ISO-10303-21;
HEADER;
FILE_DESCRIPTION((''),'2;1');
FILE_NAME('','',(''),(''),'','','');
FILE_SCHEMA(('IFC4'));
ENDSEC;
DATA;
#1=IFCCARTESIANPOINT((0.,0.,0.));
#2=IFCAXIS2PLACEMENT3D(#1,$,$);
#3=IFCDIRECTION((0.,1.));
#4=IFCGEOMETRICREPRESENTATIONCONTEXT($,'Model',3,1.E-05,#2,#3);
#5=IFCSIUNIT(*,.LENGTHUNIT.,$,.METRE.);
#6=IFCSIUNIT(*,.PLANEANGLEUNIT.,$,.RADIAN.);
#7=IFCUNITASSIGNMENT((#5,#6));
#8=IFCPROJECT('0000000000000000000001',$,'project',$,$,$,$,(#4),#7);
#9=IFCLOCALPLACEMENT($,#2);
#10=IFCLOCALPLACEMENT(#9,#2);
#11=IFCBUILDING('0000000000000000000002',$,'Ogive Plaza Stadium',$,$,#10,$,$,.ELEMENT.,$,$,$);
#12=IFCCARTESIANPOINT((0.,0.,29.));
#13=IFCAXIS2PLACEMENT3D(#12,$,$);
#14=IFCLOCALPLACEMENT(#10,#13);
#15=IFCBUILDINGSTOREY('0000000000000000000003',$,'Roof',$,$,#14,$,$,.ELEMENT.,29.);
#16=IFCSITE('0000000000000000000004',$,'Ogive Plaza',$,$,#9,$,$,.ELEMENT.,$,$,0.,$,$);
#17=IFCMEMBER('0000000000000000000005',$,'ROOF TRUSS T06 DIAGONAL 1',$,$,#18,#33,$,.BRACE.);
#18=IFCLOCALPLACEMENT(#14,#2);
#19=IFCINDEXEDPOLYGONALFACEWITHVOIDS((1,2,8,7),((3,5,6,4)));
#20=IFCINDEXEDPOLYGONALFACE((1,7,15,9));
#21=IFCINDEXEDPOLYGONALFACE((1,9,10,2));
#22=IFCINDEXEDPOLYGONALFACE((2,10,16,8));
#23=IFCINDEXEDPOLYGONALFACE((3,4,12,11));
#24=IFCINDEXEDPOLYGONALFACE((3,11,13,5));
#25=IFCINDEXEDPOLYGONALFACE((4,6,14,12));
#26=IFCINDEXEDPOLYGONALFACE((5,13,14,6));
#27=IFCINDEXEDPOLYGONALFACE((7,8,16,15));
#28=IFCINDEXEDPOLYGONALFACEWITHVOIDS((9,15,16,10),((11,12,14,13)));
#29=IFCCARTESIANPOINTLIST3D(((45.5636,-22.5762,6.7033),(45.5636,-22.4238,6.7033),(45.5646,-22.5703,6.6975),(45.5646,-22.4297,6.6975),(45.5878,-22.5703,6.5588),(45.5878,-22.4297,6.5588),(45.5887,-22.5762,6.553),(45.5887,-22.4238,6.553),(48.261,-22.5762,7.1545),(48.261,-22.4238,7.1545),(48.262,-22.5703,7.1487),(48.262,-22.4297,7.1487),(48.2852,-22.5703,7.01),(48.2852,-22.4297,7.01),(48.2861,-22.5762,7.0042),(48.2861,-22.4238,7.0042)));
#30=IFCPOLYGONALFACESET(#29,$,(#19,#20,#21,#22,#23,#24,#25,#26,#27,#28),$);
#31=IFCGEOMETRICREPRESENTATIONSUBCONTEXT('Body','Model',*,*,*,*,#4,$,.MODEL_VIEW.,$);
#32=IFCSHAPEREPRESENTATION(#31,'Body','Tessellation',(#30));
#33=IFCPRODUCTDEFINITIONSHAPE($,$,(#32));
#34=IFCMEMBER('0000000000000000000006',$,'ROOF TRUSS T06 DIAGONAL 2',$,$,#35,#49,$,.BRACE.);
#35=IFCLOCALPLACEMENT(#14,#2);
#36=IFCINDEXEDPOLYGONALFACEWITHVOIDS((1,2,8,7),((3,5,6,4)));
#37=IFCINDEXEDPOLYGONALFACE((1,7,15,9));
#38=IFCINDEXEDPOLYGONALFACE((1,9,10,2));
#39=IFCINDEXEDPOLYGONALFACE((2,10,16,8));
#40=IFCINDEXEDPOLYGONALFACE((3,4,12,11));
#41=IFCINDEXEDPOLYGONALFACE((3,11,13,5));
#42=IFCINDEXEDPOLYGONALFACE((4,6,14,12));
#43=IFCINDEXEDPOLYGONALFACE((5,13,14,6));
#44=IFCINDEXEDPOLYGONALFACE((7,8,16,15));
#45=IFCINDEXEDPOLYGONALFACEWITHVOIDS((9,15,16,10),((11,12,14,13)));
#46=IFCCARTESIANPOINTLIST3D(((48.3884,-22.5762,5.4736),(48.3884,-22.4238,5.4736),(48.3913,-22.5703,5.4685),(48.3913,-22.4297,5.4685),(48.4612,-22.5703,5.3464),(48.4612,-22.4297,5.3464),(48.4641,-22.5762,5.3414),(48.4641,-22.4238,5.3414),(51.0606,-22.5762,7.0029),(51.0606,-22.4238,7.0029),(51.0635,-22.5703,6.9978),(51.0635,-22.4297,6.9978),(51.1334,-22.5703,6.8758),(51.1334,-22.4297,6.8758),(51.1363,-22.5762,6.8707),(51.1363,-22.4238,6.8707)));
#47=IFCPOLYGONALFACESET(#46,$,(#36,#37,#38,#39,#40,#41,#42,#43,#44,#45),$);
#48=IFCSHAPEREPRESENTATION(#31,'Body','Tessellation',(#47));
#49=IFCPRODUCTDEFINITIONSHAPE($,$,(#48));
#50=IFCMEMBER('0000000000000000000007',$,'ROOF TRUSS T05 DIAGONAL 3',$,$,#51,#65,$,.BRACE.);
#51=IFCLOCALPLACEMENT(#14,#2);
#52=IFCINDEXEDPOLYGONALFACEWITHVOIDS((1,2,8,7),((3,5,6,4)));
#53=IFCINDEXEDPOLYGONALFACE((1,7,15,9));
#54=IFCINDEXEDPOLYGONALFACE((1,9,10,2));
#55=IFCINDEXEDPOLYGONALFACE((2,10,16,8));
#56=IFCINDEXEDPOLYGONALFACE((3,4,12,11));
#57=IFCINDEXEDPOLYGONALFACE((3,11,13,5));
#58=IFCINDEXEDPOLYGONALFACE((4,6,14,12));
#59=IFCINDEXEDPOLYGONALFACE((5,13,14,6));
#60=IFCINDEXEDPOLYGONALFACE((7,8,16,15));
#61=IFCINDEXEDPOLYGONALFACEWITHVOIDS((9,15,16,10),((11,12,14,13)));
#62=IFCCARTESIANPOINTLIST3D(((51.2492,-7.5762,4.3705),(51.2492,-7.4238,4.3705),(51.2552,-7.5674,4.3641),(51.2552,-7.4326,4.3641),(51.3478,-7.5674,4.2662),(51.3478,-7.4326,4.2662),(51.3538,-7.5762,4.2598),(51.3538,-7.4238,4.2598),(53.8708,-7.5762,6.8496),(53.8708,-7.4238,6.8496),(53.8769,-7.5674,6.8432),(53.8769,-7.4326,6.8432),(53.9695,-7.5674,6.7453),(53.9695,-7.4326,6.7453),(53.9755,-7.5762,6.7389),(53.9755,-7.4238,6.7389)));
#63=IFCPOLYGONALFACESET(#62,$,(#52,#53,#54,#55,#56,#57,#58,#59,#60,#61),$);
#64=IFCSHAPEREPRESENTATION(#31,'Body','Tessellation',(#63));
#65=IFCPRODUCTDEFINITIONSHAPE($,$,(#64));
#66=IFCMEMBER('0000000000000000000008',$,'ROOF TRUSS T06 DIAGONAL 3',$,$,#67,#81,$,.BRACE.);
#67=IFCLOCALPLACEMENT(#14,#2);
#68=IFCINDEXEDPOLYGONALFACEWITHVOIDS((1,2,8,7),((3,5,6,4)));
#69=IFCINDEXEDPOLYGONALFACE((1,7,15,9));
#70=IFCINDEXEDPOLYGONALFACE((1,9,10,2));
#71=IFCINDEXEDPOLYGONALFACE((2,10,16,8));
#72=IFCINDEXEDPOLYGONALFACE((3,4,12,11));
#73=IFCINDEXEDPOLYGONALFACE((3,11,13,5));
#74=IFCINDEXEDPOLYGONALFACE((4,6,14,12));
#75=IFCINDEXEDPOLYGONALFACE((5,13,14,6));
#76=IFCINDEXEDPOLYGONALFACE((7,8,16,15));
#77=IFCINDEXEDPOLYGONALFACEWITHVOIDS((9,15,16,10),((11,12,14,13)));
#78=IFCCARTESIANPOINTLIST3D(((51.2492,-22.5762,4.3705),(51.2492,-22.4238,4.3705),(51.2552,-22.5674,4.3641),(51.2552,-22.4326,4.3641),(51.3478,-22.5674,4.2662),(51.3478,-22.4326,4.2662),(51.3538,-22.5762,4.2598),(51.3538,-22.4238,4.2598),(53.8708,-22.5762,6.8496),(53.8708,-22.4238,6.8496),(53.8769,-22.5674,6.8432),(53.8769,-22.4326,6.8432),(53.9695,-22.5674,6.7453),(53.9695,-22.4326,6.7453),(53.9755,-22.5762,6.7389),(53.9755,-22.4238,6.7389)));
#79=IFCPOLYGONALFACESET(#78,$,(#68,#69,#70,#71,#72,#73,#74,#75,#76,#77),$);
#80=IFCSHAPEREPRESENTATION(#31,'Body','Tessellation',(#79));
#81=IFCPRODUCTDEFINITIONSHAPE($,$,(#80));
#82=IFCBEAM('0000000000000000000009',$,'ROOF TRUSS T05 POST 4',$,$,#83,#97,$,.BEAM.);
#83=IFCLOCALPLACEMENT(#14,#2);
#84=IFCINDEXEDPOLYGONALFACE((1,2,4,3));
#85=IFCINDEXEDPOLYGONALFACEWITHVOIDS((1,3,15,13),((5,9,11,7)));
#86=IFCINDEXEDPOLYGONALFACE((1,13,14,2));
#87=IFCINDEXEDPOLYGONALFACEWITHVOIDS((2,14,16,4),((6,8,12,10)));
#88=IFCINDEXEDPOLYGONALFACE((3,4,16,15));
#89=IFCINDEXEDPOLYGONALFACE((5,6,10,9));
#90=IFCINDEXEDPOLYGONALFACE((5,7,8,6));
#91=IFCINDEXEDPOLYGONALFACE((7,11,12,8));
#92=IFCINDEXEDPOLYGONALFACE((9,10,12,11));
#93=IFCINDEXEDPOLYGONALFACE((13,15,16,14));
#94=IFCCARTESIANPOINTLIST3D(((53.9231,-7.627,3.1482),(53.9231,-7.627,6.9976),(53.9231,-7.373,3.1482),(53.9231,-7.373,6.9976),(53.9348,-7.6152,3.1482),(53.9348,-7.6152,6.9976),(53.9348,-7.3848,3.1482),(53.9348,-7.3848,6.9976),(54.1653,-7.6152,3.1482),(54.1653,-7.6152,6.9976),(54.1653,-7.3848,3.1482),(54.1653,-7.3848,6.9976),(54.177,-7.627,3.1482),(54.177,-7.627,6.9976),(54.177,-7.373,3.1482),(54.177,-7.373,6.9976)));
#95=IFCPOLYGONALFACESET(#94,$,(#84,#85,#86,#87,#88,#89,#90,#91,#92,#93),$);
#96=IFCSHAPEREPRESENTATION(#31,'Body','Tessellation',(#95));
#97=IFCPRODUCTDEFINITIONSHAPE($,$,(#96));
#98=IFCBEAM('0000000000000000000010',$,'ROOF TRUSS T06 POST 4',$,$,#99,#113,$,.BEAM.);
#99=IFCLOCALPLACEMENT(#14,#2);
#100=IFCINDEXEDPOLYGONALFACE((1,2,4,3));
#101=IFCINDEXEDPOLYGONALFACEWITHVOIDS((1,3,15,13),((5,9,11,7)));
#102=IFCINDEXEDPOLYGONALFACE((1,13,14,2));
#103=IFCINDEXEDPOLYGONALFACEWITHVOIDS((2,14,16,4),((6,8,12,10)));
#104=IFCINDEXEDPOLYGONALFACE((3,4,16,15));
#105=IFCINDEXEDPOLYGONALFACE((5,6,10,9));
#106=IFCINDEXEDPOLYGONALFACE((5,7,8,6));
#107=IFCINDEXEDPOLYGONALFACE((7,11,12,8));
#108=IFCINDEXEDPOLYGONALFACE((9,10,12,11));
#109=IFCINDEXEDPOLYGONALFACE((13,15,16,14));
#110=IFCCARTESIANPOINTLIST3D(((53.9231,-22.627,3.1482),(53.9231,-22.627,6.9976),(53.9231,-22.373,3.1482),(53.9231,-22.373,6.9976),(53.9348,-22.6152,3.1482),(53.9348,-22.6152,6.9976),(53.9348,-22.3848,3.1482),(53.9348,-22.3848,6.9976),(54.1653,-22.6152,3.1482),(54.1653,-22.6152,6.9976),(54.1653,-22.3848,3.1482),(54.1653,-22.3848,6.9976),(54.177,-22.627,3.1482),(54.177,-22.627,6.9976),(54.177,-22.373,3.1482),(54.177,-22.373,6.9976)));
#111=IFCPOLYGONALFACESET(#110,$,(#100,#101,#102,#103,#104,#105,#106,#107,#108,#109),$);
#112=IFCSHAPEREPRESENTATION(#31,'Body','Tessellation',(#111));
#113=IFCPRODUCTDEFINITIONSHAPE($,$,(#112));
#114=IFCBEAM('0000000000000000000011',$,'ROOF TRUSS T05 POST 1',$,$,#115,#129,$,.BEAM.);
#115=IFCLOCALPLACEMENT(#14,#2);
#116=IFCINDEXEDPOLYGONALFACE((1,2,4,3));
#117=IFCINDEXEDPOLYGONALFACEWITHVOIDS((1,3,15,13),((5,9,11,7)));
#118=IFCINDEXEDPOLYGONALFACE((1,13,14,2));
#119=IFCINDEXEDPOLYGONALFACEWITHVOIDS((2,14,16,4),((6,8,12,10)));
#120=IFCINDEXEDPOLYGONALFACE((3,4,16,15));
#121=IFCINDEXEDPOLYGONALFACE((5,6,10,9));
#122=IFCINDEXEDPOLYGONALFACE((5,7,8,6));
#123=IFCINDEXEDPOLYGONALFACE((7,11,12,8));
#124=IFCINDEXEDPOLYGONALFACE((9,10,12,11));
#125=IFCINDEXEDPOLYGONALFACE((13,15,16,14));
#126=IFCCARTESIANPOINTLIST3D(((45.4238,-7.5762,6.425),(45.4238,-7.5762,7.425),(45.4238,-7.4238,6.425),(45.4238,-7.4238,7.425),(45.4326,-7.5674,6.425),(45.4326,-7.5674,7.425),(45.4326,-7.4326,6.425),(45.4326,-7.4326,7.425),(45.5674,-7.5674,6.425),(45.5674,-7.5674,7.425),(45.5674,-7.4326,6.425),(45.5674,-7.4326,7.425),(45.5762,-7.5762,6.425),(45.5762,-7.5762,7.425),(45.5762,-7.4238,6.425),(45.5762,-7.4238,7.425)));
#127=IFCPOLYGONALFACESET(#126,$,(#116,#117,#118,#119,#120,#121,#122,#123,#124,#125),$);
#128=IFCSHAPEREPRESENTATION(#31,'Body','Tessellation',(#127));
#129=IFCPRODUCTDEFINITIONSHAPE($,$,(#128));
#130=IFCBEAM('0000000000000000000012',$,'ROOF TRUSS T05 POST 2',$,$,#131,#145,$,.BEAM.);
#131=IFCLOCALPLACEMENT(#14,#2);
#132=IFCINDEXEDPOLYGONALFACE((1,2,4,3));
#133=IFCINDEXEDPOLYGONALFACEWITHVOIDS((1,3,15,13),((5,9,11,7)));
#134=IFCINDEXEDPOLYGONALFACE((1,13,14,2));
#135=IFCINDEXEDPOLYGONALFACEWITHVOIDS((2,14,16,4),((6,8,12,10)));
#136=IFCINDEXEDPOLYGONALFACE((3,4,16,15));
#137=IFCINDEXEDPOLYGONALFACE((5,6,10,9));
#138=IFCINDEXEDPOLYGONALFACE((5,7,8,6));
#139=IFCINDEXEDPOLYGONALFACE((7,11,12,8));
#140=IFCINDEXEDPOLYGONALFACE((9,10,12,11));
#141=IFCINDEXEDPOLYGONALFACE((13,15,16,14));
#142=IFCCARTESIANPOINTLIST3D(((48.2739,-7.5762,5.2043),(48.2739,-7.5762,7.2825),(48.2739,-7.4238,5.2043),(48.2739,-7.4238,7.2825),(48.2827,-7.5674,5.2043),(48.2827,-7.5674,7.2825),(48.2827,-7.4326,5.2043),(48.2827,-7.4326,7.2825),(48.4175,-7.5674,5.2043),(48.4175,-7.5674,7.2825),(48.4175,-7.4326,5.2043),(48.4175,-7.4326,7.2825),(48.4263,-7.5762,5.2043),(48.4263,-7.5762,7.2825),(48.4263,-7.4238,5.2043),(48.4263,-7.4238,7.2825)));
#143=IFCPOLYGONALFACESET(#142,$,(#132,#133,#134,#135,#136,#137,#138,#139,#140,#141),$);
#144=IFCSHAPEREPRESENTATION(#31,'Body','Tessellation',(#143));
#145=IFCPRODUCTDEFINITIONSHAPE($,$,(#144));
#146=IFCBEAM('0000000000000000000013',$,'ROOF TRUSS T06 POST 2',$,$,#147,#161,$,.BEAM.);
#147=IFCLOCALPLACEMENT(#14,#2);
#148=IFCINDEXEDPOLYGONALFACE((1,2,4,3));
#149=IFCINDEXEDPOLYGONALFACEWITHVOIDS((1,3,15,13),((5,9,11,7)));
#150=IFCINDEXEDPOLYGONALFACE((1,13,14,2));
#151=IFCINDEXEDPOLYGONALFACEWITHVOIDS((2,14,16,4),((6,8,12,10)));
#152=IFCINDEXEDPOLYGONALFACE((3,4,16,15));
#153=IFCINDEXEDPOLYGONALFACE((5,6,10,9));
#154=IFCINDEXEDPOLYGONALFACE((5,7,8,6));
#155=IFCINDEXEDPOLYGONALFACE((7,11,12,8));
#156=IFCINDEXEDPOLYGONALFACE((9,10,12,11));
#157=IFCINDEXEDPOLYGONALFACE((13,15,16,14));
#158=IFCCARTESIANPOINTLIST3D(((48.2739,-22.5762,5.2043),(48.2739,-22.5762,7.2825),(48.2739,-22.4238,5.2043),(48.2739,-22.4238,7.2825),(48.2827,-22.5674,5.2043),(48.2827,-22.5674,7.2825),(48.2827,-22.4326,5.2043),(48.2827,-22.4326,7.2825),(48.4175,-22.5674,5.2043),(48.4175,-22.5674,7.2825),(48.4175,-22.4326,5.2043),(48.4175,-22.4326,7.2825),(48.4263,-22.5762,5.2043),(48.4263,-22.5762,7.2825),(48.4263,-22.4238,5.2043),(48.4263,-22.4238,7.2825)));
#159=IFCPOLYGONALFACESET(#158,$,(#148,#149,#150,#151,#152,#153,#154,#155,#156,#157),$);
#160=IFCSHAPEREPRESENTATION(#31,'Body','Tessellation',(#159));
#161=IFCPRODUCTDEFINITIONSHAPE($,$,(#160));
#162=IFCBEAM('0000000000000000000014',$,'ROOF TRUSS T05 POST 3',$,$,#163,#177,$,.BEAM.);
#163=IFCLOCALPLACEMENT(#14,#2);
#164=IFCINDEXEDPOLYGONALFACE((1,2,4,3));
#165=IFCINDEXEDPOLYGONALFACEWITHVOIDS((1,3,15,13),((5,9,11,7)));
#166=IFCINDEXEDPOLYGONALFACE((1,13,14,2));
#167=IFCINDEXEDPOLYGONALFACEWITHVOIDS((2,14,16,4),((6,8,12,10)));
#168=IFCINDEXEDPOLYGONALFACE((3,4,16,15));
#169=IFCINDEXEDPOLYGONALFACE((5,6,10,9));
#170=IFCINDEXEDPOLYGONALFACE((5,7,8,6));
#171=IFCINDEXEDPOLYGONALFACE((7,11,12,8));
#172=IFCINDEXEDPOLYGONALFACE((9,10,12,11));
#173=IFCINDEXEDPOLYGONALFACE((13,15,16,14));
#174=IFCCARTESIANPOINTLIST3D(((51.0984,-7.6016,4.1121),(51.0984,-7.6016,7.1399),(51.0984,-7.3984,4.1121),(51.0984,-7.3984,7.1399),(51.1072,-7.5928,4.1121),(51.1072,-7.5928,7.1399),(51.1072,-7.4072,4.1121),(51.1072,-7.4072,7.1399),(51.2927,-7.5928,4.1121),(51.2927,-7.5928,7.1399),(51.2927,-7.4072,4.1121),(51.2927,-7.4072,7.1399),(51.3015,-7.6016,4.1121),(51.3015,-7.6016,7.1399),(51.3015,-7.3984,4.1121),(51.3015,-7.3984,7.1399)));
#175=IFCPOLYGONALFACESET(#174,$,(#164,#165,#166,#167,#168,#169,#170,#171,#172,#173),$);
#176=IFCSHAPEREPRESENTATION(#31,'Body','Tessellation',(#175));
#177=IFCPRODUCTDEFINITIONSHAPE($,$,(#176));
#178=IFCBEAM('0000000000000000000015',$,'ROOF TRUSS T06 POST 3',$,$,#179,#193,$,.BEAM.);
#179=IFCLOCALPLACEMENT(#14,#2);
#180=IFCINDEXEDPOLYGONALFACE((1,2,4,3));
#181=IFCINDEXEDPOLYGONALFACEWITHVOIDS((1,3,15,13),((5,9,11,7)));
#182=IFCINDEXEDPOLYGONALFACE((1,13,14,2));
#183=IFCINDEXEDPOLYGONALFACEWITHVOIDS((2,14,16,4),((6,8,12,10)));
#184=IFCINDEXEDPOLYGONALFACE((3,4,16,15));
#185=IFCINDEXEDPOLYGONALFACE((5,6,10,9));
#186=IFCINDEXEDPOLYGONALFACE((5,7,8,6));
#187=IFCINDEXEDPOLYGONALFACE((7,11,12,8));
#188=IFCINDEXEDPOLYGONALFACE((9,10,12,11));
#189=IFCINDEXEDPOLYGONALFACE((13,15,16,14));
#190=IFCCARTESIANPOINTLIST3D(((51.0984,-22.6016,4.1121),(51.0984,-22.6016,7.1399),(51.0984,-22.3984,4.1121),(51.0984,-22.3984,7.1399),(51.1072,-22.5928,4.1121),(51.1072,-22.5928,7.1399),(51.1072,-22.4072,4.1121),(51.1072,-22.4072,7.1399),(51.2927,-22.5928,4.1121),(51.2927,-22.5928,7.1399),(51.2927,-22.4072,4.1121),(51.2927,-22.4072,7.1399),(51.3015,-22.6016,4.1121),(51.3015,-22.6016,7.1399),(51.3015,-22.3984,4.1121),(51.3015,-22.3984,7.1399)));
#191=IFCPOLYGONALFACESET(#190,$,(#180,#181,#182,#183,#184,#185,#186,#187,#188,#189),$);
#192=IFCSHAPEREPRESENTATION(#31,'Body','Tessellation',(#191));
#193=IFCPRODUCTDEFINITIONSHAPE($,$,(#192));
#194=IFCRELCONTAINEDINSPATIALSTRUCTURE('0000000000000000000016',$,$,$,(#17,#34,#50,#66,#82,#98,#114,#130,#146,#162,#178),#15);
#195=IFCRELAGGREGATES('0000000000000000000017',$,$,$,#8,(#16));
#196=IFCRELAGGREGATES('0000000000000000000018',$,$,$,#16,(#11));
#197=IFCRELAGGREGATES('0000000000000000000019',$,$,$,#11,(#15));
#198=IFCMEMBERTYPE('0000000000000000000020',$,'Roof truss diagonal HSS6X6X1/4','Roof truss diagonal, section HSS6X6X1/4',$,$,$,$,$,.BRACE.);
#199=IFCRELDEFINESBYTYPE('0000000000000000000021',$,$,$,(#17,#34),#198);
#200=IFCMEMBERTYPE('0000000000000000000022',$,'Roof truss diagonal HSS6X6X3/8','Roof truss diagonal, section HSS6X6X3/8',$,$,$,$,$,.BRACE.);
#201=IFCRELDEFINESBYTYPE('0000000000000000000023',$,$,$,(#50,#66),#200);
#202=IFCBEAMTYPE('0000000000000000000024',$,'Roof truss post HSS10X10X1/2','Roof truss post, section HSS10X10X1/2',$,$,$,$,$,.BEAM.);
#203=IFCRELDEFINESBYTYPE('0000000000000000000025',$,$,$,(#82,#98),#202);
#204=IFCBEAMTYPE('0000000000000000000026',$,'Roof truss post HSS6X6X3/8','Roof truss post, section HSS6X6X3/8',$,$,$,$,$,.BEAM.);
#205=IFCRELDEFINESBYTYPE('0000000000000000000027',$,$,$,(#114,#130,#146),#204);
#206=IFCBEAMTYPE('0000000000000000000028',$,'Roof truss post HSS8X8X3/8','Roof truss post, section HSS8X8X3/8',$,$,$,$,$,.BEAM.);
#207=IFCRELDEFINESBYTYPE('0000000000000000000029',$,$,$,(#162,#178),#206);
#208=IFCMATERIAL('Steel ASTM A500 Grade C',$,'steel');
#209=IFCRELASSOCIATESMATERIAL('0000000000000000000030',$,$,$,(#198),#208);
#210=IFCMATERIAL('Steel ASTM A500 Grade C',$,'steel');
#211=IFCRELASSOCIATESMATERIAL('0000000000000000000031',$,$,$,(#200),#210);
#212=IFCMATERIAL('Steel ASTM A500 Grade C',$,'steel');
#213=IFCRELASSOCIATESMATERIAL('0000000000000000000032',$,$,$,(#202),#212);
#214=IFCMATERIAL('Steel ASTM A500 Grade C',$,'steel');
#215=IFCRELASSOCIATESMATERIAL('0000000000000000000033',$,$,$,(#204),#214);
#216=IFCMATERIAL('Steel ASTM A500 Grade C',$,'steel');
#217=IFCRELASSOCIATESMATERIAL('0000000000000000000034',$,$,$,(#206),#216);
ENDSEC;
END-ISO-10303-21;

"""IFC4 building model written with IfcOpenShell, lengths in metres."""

from ifc_helpers import new_model, si_unit, direction, frame, origin, origin_2d, place, context, subcontext, project, spatial, hollow_rectangle, extrude, material, material_profile, profile_set, type_object, element, save


model = new_model("IFC4")

# Units and contexts
model_context = context("Model", 3, precision=1e-05, world=origin(), true_north=direction((0.0, 1.0)))
body_context = subcontext(model_context, "Body", "Model", "MODEL_VIEW")
ifc_project = project(units=[si_unit("LENGTHUNIT", "METRE"), si_unit("PLANEANGLEUNIT", "RADIAN")], contexts=[model_context])

# Site, building, storey
site_placement = place(None, origin())
site = spatial("IfcSite", under=ifc_project, at=site_placement, Name="Ogive Plaza", CompositionType="ELEMENT", RefElevation=0.0)
building_placement = place(site_placement, origin())
building = spatial("IfcBuilding", under=site, at=building_placement, Name="Ogive Plaza Stadium", CompositionType="ELEMENT")
storey_placement = place(building_placement, frame((0.0, 0.0, 29.0)))
storey = spatial("IfcBuildingStorey", under=building, at=storey_placement, Name="Roof", CompositionType="ELEMENT", Elevation=29.0)

# Members
ifc_material_1 = material(Name="Steel ASTM A500 Grade C", Category="steel")
ifc_material_profile_1 = material_profile(ifc_material_1, hollow_rectangle(XDim=0.1523, YDim=0.1523, WallThickness=0.0059, at=origin_2d()), Name="HSS6X6X1/4")
ifc_profile_set_1 = profile_set([ifc_material_profile_1], Name="Steel ASTM A500 Grade C")
member_type_1 = type_object("IfcMemberType", Name="Roof truss diagonal HSS6X6X1/4", Description="Roof truss diagonal, section HSS6X6X1/4", PredefinedType="BRACE", material=ifc_profile_set_1)
member_1_placement = place(storey_placement, frame((45.5762, -22.5, 6.6282), z_axis=(0.9863, 0.0, 0.164964), x_axis=(0.0, 1.0, 0.0)))
element("IfcMember", 1, at=member_1_placement, inside=storey, type_object=member_type_1, Name="ROOF TRUSS T06 DIAGONAL 1", PredefinedType="BRACE", context=body_context, shape_type="SweptSolid", body=[
    extrude(hollow_rectangle(XDim=0.1523, YDim=0.1523, WallThickness=0.0059, at=origin_2d()), origin(), (0.0, 0.0, 1.0), 2.7349),
])
member_2_placement = place(storey_placement, frame((48.4263, -22.5, 5.4075), z_axis=(0.867911, 0.0, 0.49672), x_axis=(0.0, 1.0, 0.0)))
element("IfcMember", 2, at=member_2_placement, inside=storey, type_object=member_type_1, Name="ROOF TRUSS T06 DIAGONAL 2", PredefinedType="BRACE", context=body_context, shape_type="SweptSolid", body=[
    extrude(hollow_rectangle(XDim=0.1523, YDim=0.1523, WallThickness=0.0059, at=origin_2d()), origin(), (0.0, 0.0, 1.0), 3.0789),
])
ifc_material_2 = material(Name="Steel ASTM A500 Grade C", Category="steel")
ifc_material_profile_2 = material_profile(ifc_material_2, hollow_rectangle(XDim=0.1523, YDim=0.1523, WallThickness=0.0088, at=origin_2d()), Name="HSS6X6X3/8")
ifc_profile_set_2 = profile_set([ifc_material_profile_2], Name="Steel ASTM A500 Grade C")
member_type_2 = type_object("IfcMemberType", Name="Roof truss diagonal HSS6X6X3/8", Description="Roof truss diagonal, section HSS6X6X3/8", PredefinedType="BRACE", material=ifc_profile_set_2)
for number, where, z_axis, x_axis, name in (
    (3, (51.3015, -7.5, 4.3152), (0.726589, 0.0, 0.687072), (0.0, 1.0, 0.0), "ROOF TRUSS T05 DIAGONAL 3"),
    (4, (51.3015, -22.5, 4.3152), (0.726589, 0.0, 0.687072), (0.0, 1.0, 0.0), "ROOF TRUSS T06 DIAGONAL 3"),
):
    element("IfcMember", number, at=place(storey_placement, frame(where, z_axis=z_axis, x_axis=x_axis)), inside=storey, type_object=member_type_2, Name=name, PredefinedType="BRACE", context=body_context, shape_type="SweptSolid", body=[
        extrude(hollow_rectangle(XDim=0.1523, YDim=0.1523, WallThickness=0.0088, at=origin_2d()), origin(), (0.0, 0.0, 1.0), 3.6082),
    ])

# Beams
ifc_material_3 = material(Name="Steel ASTM A500 Grade C", Category="steel")
ifc_material_profile_3 = material_profile(ifc_material_3, hollow_rectangle(XDim=0.2539, YDim=0.2539, WallThickness=0.0117, at=origin_2d()), Name="HSS10X10X1/2")
ifc_profile_set_3 = profile_set([ifc_material_profile_3], Name="Steel ASTM A500 Grade C")
beam_type_1 = type_object("IfcBeamType", Name="Roof truss post HSS10X10X1/2", Description="Roof truss post, section HSS10X10X1/2", PredefinedType="BEAM", material=ifc_profile_set_3)
for number, where, z_axis, x_axis, name in (
    (5, (54.05, -7.5, 3.1482), (0.0, 0.0, 1.0), (0.0, 1.0, 0.0), "ROOF TRUSS T05 POST 4"),
    (6, (54.05, -22.5, 3.1482), (0.0, 0.0, 1.0), (0.0, 1.0, 0.0), "ROOF TRUSS T06 POST 4"),
):
    element("IfcBeam", number, at=place(storey_placement, frame(where, z_axis=z_axis, x_axis=x_axis)), inside=storey, type_object=beam_type_1, Name=name, PredefinedType="BEAM", context=body_context, shape_type="SweptSolid", body=[
        extrude(hollow_rectangle(XDim=0.2539, YDim=0.2539, WallThickness=0.0117, at=origin_2d()), origin(), (0.0, 0.0, 1.0), 3.8494),
    ])
ifc_material_4 = material(Name="Steel ASTM A500 Grade C", Category="steel")
ifc_material_profile_4 = material_profile(ifc_material_4, hollow_rectangle(XDim=0.1523, YDim=0.1523, WallThickness=0.0088, at=origin_2d()), Name="HSS6X6X3/8")
ifc_profile_set_4 = profile_set([ifc_material_profile_4], Name="Steel ASTM A500 Grade C")
beam_type_2 = type_object("IfcBeamType", Name="Roof truss post HSS6X6X3/8", Description="Roof truss post, section HSS6X6X3/8", PredefinedType="BEAM", material=ifc_profile_set_4)
beam_1_placement = place(storey_placement, frame((45.5, -7.5, 6.425), z_axis=(0.0, 0.0, 1.0), x_axis=(0.0, 1.0, 0.0)))
element("IfcBeam", 7, at=beam_1_placement, inside=storey, type_object=beam_type_2, Name="ROOF TRUSS T05 POST 1", PredefinedType="BEAM", context=body_context, shape_type="SweptSolid", body=[
    extrude(hollow_rectangle(XDim=0.1523, YDim=0.1523, WallThickness=0.0088, at=origin_2d()), origin(), (0.0, 0.0, 1.0), 1.0),
])
for number, where, z_axis, x_axis, name in (
    (8, (48.3501, -7.5, 5.2043), (0.0, 0.0, 1.0), (0.0, 1.0, 0.0), "ROOF TRUSS T05 POST 2"),
    (9, (48.3501, -22.5, 5.2043), (0.0, 0.0, 1.0), (0.0, 1.0, 0.0), "ROOF TRUSS T06 POST 2"),
):
    element("IfcBeam", number, at=place(storey_placement, frame(where, z_axis=z_axis, x_axis=x_axis)), inside=storey, type_object=beam_type_2, Name=name, PredefinedType="BEAM", context=body_context, shape_type="SweptSolid", body=[
        extrude(hollow_rectangle(XDim=0.1523, YDim=0.1523, WallThickness=0.0088, at=origin_2d()), origin(), (0.0, 0.0, 1.0), 2.0781),
    ])
ifc_material_5 = material(Name="Steel ASTM A500 Grade C", Category="steel")
ifc_material_profile_5 = material_profile(ifc_material_5, hollow_rectangle(XDim=0.2031, YDim=0.2031, WallThickness=0.0088, at=origin_2d()), Name="HSS8X8X3/8")
ifc_profile_set_5 = profile_set([ifc_material_profile_5], Name="Steel ASTM A500 Grade C")
beam_type_3 = type_object("IfcBeamType", Name="Roof truss post HSS8X8X3/8", Description="Roof truss post, section HSS8X8X3/8", PredefinedType="BEAM", material=ifc_profile_set_5)
for number, where, z_axis, x_axis, name in (
    (10, (51.2, -7.5, 4.1121), (0.0, 0.0, 1.0), (0.0, 1.0, 0.0), "ROOF TRUSS T05 POST 3"),
    (11, (51.2, -22.5, 4.1121), (0.0, 0.0, 1.0), (0.0, 1.0, 0.0), "ROOF TRUSS T06 POST 3"),
):
    element("IfcBeam", number, at=place(storey_placement, frame(where, z_axis=z_axis, x_axis=x_axis)), inside=storey, type_object=beam_type_3, Name=name, PredefinedType="BEAM", context=body_context, shape_type="SweptSolid", body=[
        extrude(hollow_rectangle(XDim=0.2031, YDim=0.2031, WallThickness=0.0088, at=origin_2d()), origin(), (0.0, 0.0, 1.0), 3.0278),
    ])

save(model, "model.ifc")
